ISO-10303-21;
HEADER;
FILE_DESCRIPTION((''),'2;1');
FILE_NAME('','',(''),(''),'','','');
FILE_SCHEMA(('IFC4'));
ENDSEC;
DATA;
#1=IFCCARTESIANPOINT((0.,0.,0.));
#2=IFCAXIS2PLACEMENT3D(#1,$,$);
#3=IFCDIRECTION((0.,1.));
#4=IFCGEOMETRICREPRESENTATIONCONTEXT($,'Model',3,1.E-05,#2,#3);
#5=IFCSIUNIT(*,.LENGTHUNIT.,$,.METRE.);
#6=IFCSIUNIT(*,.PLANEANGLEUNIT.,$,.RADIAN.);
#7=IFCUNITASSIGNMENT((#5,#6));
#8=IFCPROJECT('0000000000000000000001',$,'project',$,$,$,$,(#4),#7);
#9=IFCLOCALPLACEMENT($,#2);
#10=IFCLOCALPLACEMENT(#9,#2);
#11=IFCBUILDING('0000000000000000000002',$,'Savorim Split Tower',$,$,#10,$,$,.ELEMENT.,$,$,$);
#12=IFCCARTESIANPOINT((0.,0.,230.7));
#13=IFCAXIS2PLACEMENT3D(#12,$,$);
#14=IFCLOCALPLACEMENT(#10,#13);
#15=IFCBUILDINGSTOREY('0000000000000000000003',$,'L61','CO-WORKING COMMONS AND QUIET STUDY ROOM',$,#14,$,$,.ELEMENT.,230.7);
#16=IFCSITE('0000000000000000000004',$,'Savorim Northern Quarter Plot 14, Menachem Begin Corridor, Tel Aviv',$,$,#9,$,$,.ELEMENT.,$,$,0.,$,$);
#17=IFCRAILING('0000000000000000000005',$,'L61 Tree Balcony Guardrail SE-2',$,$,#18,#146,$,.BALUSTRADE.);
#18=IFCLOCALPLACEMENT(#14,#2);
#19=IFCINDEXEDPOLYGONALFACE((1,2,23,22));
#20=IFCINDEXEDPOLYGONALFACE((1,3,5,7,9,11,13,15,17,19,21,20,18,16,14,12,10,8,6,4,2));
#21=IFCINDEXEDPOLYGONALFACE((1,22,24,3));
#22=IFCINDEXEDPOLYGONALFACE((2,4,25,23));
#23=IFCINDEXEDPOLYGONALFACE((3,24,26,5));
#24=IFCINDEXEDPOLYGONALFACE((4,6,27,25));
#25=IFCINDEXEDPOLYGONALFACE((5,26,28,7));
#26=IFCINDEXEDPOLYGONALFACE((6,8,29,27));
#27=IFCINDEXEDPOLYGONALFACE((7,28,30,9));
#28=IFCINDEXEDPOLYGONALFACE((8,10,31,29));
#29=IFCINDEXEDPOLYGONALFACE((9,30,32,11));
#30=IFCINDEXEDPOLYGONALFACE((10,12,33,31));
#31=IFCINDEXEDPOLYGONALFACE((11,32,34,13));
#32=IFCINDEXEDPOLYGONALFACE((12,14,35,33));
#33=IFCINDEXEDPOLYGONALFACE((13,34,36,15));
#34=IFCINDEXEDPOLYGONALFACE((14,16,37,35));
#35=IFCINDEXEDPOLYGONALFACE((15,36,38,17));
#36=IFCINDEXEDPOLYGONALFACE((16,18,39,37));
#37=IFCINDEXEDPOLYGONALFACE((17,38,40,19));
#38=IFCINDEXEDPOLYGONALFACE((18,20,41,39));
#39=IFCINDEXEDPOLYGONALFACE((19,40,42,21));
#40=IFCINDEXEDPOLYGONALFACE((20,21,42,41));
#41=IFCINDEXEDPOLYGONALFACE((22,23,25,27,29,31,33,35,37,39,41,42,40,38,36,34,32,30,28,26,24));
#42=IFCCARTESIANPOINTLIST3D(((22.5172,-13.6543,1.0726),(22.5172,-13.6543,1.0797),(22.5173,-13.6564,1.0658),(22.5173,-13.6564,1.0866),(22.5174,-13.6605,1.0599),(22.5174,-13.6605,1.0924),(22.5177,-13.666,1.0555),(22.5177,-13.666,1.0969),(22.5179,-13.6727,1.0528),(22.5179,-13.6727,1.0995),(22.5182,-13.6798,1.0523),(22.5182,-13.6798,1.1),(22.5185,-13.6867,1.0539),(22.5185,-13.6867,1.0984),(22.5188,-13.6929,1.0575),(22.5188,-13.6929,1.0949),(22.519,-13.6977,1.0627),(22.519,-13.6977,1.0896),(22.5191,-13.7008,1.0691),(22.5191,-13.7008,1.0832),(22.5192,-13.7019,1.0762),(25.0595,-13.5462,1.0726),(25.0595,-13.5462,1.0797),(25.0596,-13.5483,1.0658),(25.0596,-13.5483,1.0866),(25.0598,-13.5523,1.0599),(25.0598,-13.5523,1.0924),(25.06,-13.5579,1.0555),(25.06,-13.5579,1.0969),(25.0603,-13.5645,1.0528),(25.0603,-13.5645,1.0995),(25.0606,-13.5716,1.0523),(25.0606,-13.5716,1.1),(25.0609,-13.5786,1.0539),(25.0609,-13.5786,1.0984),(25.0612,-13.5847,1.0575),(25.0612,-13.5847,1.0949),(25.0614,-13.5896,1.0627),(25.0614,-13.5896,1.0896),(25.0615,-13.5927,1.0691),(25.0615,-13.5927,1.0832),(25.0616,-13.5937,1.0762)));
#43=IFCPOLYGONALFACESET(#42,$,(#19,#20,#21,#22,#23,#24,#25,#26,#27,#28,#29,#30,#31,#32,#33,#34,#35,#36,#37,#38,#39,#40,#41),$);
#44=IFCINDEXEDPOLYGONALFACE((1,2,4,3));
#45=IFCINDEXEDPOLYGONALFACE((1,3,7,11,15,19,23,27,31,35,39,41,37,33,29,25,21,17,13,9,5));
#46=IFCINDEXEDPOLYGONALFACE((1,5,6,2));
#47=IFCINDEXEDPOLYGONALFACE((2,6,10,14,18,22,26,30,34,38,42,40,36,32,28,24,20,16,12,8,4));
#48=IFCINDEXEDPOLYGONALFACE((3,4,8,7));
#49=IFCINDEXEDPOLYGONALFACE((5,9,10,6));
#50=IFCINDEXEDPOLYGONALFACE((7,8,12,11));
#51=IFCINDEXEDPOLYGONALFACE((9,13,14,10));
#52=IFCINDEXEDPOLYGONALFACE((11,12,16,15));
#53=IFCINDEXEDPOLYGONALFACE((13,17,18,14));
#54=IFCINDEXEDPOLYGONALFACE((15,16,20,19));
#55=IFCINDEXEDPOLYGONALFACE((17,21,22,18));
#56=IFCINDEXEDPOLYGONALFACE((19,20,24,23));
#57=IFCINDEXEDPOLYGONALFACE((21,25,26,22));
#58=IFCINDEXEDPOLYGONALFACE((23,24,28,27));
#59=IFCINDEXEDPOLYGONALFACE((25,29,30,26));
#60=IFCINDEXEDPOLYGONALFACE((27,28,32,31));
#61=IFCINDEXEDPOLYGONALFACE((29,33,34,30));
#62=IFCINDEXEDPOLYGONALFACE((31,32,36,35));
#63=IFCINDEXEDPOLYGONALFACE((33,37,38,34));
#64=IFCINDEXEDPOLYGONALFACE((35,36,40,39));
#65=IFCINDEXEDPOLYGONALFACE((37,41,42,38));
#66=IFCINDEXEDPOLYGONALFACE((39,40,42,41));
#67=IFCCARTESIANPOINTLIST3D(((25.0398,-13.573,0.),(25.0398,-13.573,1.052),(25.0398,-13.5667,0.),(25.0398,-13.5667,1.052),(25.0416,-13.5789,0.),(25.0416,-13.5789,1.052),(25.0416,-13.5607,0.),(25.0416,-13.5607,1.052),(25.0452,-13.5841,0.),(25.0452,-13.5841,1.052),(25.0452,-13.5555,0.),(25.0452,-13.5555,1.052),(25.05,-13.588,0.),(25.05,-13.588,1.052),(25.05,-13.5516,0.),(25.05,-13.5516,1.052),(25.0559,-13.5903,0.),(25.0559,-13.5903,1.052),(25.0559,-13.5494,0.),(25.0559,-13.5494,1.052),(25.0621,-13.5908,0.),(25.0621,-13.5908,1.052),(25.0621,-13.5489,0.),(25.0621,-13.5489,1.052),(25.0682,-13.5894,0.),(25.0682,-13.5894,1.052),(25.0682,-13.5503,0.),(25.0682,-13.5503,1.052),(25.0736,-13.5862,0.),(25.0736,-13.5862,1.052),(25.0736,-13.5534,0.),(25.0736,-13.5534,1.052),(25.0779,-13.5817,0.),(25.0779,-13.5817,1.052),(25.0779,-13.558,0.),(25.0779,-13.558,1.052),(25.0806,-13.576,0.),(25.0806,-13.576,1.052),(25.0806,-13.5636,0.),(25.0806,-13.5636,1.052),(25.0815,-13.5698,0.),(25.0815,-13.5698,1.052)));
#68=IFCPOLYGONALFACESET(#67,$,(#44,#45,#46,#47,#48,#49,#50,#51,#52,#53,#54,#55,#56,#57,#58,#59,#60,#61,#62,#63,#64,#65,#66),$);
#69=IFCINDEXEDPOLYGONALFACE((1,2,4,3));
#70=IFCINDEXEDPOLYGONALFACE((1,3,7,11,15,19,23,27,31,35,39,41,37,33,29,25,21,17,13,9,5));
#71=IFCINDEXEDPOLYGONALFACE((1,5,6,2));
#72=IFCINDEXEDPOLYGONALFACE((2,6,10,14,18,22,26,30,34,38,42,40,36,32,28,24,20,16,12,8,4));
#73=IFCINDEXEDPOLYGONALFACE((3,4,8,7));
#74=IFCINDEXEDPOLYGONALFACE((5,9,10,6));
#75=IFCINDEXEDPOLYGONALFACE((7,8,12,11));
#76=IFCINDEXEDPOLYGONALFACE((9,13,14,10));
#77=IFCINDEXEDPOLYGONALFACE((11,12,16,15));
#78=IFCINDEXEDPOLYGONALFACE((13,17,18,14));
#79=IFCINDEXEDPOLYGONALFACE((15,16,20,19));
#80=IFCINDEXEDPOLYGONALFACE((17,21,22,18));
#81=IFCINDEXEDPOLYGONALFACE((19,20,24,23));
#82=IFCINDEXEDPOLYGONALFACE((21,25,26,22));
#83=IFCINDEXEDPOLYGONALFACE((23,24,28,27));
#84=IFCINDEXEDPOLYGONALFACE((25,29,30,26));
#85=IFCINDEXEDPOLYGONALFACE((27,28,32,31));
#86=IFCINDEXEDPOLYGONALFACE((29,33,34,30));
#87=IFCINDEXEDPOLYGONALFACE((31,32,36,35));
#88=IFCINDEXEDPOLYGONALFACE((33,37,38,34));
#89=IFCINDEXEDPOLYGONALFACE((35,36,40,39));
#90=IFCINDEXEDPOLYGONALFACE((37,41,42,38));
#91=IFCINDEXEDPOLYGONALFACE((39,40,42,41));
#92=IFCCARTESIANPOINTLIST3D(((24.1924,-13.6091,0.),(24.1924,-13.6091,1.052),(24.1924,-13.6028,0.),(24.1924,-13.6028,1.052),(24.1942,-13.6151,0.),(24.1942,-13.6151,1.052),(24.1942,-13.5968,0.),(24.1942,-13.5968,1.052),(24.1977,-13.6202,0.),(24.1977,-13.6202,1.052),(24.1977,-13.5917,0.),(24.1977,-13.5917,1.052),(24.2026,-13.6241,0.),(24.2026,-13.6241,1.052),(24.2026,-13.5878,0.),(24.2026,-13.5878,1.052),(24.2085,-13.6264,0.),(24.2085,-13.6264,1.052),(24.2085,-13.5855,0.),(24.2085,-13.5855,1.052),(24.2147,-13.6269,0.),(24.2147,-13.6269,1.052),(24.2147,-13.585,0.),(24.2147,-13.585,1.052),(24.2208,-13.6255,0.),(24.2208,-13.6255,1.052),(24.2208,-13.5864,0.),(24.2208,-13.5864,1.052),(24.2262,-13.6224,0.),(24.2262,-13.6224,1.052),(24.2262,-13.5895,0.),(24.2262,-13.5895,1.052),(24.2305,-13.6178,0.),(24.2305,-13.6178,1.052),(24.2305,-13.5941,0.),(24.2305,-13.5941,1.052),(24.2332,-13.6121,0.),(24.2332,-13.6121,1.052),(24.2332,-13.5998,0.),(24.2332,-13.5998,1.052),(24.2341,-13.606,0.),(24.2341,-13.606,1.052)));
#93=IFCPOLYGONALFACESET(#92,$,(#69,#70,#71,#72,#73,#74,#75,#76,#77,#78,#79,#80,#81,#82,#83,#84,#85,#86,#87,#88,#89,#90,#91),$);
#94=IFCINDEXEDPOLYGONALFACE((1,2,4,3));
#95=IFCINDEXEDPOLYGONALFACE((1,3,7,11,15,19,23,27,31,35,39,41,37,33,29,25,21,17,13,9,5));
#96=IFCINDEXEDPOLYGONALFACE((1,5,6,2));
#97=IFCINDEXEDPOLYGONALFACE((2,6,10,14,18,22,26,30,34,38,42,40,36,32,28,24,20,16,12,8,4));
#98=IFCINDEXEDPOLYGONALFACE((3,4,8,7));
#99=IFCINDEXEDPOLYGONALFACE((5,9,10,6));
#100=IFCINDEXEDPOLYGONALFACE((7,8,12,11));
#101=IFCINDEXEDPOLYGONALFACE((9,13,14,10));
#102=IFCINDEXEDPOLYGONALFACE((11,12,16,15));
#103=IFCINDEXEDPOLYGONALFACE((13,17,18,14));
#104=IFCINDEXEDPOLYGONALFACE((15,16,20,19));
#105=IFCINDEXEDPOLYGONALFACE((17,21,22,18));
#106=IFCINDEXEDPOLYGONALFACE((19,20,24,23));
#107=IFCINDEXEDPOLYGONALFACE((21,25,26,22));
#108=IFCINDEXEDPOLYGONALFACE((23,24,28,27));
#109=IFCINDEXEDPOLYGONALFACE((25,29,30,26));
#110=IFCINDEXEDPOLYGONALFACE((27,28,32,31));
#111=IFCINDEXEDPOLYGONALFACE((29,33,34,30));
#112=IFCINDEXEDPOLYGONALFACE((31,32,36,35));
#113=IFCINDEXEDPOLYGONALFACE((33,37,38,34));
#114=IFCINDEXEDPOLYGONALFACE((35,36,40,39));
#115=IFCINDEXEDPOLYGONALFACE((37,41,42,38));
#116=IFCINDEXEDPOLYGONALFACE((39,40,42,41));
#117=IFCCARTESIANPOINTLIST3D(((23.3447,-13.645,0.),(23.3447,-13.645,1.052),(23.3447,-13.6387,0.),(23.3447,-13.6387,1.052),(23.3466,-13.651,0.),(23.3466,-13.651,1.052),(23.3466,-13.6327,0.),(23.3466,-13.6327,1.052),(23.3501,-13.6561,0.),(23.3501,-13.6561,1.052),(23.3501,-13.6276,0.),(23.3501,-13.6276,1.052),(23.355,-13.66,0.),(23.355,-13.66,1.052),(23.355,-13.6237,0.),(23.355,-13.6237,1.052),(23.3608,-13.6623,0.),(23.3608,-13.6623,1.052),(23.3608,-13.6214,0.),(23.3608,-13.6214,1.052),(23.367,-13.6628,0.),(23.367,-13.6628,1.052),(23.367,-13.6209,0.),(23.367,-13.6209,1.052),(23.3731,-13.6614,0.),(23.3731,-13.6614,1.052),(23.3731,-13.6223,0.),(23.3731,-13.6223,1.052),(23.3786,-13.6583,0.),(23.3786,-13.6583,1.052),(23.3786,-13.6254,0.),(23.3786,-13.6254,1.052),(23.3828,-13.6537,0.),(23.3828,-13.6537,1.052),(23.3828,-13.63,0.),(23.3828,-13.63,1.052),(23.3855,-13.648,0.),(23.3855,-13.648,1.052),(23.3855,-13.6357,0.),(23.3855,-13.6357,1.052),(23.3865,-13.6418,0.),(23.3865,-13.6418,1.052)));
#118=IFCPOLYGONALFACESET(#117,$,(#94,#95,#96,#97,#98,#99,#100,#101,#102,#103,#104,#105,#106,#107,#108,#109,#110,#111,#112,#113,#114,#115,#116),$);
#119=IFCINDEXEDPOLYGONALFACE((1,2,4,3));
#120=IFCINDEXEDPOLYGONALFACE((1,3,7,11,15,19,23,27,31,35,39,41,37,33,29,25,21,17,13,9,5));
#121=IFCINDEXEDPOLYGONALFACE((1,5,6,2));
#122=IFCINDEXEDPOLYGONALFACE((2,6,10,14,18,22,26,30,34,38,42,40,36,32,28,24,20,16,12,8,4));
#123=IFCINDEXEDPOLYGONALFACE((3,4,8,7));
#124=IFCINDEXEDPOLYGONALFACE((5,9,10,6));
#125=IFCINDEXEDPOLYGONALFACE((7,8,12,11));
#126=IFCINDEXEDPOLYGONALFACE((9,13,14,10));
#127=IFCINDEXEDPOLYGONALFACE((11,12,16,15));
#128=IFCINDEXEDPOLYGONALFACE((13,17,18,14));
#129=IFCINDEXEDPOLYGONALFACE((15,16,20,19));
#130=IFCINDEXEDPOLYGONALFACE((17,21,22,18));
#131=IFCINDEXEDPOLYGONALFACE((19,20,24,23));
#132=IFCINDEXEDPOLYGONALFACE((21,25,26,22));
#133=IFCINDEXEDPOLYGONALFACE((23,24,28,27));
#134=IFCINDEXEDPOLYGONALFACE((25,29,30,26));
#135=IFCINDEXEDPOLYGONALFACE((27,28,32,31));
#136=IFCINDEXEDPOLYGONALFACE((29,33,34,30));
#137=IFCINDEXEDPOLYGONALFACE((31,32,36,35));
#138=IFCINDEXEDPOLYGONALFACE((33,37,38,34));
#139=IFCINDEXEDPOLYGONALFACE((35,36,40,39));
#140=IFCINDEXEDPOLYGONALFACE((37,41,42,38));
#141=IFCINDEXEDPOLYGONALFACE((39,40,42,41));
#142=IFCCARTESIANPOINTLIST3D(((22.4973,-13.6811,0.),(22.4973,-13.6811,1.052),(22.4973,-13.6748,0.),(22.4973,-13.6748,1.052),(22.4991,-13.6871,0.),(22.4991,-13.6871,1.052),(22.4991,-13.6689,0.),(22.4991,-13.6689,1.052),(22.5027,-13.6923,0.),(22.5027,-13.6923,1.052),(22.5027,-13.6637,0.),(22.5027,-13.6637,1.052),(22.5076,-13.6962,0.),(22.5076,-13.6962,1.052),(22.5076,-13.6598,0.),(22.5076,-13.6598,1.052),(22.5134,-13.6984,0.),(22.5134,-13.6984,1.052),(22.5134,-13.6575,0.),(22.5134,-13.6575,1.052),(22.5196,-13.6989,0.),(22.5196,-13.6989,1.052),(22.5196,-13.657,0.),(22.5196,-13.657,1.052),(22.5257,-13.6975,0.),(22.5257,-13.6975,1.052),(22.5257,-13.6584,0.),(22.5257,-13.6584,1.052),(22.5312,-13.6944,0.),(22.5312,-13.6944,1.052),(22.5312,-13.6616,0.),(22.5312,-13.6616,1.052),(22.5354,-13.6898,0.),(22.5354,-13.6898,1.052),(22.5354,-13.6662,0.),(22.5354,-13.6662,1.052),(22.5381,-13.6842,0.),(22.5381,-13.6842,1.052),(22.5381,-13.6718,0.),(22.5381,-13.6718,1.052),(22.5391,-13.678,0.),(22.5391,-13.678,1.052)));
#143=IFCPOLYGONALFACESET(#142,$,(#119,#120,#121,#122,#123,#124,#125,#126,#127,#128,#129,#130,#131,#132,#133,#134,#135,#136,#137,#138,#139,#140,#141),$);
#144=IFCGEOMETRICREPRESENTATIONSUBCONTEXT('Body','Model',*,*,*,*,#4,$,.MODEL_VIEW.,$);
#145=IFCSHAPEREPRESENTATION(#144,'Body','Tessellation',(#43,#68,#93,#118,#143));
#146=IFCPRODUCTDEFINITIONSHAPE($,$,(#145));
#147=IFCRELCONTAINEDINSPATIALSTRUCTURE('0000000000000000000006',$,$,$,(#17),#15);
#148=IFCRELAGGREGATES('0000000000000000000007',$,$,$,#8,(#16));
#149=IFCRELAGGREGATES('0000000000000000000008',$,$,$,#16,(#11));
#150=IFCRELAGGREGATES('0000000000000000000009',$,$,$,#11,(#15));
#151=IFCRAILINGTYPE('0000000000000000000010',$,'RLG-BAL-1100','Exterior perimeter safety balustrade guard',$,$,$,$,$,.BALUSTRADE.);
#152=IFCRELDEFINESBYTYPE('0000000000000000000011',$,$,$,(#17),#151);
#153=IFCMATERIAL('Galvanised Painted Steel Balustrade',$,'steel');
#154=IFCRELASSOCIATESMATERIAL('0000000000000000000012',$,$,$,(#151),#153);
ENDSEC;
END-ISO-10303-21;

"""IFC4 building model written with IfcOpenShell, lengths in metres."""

from ifc_helpers import new_model, si_unit, direction, frame, origin, origin_2d, place, context, subcontext, project, spatial, circle, extrude, material, type_object, element, save


model = new_model("IFC4")

# Units and contexts
model_context = context("Model", 3, precision=1e-05, world=origin(), true_north=direction((0.0, 1.0)))
body_context = subcontext(model_context, "Body", "Model", "MODEL_VIEW")
ifc_project = project(units=[si_unit("LENGTHUNIT", "METRE"), si_unit("PLANEANGLEUNIT", "RADIAN")], contexts=[model_context])

# Site, building, storey
site_placement = place(None, origin())
site = spatial("IfcSite", under=ifc_project, at=site_placement, Name="Savorim Northern Quarter Plot 14, Menachem Begin Corridor, Tel Aviv", CompositionType="ELEMENT", RefElevation=0.0)
building_placement = place(site_placement, origin())
building = spatial("IfcBuilding", under=site, at=building_placement, Name="Savorim Split Tower", CompositionType="ELEMENT")
storey_placement = place(building_placement, frame((0.0, 0.0, 230.7)))
storey = spatial("IfcBuildingStorey", under=building, at=storey_placement, Name="L61", Description="CO-WORKING COMMONS AND QUIET STUDY ROOM", CompositionType="ELEMENT", Elevation=230.7)

# Railing
ifc_material_1 = material(Name="Galvanised Painted Steel Balustrade", Category="steel")
railing_type = type_object("IfcRailingType", Name="RLG-BAL-1100", Description="Exterior perimeter safety balustrade guard", PredefinedType="BALUSTRADE", material=ifc_material_1)
railing_1_placement = place(storey_placement, frame((25.0605, -13.5698, 0.0)))
element("IfcRailing", 1, at=railing_1_placement, inside=storey, type_object=railing_type, Name="L61 Tree Balcony Guardrail SE-2", PredefinedType="BALUSTRADE", context=body_context, shape_type="SweptSolid", body=[
    extrude(circle(Radius=0.0239, at=origin_2d()), frame((0.0, 0.0, 1.0762), z_axis=(-0.999096, -0.0425, 0.0), x_axis=(0.0425, -0.999096, 0.0)), (0.0, 0.0, 1.0), 2.5447),
    extrude(circle(Radius=0.021, at=origin_2d()), origin(), (0.0, 0.0, 1.0), 1.052),
    extrude(circle(Radius=0.021, at=origin_2d()), frame((-0.8474, -0.0361, 0.0)), (0.0, 0.0, 1.0), 1.052),
    extrude(circle(Radius=0.021, at=origin_2d()), frame((-1.6951, -0.072, 0.0)), (0.0, 0.0, 1.0), 1.052),
    extrude(circle(Radius=0.021, at=origin_2d()), frame((-2.5425, -0.1082, 0.0)), (0.0, 0.0, 1.0), 1.052),
])

save(model, "model.ifc")
